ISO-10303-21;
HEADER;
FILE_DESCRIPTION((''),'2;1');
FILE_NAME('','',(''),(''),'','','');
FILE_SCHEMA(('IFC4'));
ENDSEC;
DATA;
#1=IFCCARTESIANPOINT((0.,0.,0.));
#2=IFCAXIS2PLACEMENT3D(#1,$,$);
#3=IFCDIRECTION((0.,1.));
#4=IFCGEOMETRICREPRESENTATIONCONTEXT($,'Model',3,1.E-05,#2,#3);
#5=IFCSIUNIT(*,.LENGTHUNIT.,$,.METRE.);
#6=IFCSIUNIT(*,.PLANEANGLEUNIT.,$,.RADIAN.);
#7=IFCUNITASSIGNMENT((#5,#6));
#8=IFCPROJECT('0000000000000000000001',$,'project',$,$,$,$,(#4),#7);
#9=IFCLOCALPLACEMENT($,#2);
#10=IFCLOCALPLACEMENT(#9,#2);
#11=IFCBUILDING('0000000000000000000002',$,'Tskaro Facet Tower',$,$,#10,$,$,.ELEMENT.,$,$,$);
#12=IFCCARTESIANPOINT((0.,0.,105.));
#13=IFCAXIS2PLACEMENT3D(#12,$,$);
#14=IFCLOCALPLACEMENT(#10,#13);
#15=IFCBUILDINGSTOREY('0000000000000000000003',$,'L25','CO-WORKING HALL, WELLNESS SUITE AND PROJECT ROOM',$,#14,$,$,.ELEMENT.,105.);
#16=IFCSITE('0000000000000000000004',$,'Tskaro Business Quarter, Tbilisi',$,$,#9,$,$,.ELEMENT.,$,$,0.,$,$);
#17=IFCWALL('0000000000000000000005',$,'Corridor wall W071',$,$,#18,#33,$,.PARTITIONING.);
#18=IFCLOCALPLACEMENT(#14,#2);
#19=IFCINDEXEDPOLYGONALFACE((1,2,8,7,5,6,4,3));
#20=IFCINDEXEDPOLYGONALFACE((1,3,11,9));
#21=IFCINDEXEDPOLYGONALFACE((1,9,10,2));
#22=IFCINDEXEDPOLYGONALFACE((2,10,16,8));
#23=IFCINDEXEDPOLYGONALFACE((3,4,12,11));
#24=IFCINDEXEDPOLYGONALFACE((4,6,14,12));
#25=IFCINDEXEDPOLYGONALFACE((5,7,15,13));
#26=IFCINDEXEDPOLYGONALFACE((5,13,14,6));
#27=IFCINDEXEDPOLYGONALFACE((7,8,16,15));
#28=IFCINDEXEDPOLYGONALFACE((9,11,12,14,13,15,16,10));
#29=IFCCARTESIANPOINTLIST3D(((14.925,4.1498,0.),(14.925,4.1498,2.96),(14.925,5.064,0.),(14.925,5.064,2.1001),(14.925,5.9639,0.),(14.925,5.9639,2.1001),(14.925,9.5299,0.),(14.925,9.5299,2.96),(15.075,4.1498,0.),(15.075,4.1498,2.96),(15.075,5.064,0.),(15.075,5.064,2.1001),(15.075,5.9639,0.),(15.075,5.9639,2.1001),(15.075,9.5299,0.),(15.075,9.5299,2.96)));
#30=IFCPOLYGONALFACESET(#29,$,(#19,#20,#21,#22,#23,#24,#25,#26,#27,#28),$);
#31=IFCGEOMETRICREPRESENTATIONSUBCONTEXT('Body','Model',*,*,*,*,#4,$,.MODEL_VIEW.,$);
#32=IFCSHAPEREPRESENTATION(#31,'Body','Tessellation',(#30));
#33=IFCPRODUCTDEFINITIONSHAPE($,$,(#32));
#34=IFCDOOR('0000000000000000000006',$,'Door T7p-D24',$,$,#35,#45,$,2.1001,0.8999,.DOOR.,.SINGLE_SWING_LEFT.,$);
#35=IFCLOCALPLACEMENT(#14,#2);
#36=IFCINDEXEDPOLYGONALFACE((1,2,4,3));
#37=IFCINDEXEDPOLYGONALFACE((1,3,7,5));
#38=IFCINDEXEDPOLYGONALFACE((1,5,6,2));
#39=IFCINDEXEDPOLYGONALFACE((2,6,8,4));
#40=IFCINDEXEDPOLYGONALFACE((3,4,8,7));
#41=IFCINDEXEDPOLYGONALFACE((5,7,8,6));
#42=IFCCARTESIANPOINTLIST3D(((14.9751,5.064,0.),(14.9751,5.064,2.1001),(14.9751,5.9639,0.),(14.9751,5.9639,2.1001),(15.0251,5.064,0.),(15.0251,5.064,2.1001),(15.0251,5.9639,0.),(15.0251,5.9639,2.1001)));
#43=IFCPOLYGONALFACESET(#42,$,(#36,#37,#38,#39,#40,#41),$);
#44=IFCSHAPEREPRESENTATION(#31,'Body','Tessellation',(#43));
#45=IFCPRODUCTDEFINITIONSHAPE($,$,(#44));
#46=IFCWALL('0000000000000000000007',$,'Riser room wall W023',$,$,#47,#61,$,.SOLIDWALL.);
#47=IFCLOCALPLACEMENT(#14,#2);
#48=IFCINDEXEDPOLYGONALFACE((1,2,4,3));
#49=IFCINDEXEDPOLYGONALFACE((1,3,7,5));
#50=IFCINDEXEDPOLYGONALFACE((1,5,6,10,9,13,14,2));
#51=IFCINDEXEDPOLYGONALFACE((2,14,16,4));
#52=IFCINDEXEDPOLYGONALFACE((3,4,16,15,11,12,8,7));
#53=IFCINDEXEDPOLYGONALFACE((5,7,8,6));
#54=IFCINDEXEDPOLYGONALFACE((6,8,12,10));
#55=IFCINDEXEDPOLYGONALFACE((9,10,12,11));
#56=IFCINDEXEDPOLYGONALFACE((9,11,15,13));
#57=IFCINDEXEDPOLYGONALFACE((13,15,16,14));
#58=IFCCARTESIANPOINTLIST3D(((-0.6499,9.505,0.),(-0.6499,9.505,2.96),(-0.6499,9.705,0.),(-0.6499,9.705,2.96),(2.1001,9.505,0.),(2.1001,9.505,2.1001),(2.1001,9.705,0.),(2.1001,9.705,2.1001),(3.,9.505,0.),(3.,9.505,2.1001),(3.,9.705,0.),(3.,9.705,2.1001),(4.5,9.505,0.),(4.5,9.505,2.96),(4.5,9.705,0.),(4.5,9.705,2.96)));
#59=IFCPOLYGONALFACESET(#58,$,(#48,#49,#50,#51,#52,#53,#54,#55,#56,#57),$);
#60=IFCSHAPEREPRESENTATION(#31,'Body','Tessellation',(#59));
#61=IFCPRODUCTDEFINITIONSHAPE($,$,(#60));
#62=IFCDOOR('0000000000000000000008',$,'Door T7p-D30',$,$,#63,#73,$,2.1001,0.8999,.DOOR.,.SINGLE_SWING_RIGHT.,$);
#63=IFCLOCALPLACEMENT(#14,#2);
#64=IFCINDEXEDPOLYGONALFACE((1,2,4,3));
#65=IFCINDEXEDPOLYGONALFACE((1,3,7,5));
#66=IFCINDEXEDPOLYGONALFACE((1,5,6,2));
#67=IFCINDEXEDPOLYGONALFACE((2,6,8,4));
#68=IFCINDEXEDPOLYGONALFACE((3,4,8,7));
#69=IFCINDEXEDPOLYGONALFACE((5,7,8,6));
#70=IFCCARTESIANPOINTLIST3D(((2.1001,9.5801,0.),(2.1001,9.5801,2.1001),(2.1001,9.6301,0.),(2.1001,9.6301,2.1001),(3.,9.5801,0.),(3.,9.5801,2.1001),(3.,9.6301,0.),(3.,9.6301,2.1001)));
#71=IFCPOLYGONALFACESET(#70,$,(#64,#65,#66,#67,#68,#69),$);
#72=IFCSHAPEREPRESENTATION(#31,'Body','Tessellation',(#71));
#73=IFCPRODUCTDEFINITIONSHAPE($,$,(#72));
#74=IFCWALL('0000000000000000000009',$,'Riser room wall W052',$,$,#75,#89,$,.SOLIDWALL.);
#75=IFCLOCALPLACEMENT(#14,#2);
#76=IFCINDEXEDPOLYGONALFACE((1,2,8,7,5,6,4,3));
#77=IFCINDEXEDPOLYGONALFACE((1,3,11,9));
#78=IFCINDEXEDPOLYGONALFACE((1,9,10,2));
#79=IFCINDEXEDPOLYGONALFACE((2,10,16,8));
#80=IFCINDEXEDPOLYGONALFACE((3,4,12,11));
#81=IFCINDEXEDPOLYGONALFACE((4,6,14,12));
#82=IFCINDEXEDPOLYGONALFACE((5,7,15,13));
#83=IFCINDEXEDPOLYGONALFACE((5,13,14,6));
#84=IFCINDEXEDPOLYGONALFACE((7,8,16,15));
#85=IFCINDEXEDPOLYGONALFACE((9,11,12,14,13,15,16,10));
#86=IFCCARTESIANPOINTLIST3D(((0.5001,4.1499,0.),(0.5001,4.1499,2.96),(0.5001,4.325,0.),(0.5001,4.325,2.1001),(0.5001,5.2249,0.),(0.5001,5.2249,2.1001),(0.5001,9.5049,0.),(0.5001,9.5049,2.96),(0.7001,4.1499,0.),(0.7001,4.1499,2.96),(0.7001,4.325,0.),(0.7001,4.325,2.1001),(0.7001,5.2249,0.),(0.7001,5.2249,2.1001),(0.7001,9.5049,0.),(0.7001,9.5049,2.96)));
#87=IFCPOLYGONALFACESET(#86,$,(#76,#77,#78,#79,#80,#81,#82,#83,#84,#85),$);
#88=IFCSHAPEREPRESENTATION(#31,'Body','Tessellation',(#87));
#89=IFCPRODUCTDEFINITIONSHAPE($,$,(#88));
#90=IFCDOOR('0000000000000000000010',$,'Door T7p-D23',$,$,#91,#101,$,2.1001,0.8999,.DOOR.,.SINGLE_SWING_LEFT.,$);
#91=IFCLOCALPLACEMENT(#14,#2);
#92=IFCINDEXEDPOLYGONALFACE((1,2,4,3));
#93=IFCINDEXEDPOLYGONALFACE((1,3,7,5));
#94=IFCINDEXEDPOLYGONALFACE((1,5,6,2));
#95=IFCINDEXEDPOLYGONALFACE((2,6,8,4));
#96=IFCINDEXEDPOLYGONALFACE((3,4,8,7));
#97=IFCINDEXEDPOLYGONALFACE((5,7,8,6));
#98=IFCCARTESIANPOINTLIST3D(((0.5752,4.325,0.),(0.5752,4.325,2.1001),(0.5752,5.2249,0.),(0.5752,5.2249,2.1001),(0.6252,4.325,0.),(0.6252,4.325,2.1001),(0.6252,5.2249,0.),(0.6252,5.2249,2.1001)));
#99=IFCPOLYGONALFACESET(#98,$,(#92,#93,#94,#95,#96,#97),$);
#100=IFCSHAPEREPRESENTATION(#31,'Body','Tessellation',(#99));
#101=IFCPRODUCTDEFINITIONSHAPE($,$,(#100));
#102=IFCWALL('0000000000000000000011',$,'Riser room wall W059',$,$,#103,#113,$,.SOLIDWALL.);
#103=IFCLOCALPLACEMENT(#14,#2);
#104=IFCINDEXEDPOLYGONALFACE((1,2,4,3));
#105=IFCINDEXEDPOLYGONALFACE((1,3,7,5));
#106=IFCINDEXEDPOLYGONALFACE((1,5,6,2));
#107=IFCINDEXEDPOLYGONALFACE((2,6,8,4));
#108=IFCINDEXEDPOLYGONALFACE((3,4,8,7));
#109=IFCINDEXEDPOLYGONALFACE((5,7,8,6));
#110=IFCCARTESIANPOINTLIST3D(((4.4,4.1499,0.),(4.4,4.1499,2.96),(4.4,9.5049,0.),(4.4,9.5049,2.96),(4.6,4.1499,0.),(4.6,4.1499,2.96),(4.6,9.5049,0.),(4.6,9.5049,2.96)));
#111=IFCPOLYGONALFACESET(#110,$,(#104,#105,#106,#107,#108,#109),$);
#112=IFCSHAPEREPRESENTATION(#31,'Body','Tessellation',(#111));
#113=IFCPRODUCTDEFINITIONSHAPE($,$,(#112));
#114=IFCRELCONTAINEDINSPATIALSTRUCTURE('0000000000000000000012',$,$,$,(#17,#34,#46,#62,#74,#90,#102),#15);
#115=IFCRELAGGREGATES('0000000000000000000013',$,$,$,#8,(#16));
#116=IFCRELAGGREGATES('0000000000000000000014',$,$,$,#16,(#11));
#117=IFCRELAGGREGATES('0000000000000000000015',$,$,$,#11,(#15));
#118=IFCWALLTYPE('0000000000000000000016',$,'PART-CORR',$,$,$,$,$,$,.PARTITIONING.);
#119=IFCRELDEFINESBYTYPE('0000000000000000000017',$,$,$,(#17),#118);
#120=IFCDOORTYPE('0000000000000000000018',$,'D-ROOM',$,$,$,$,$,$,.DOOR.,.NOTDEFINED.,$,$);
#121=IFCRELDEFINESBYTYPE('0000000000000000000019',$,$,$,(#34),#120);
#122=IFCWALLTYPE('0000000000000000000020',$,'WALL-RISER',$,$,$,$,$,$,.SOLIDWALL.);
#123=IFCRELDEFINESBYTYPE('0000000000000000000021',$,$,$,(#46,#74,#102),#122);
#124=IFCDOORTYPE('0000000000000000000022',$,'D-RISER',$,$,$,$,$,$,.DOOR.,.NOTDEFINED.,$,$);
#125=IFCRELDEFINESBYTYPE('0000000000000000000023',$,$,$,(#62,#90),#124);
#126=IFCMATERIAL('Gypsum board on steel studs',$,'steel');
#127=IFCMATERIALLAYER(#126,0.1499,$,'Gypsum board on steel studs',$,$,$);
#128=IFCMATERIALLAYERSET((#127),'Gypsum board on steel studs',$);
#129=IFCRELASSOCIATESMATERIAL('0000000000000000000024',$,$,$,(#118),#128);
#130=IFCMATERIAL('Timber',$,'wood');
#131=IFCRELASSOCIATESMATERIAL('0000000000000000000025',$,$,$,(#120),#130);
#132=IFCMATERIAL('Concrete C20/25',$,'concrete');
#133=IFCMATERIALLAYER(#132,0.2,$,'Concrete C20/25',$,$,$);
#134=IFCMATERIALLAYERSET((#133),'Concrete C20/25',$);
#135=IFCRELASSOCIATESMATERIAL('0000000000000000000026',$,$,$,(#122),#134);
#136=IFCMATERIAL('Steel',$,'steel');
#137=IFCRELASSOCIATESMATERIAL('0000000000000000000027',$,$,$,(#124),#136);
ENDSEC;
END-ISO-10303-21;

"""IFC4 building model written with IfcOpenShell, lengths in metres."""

from ifc_helpers import new_model, si_unit, direction, frame, frame_2d, origin, place, context, subcontext, project, spatial, rectangle, extrude, material, layer, layer_set, type_object, element, fill, save


model = new_model("IFC4")

# Units and contexts
model_context = context("Model", 3, precision=1e-05, world=origin(), true_north=direction((0.0, 1.0)))
body_context = subcontext(model_context, "Body", "Model", "MODEL_VIEW")
ifc_project = project(units=[si_unit("LENGTHUNIT", "METRE"), si_unit("PLANEANGLEUNIT", "RADIAN")], contexts=[model_context])

# Site, building, storey
site_placement = place(None, origin())
site = spatial("IfcSite", under=ifc_project, at=site_placement, Name="Tskaro Business Quarter, Tbilisi", CompositionType="ELEMENT", RefElevation=0.0)
building_placement = place(site_placement, origin())
building = spatial("IfcBuilding", under=site, at=building_placement, Name="Tskaro Facet Tower", CompositionType="ELEMENT")
storey_placement = place(building_placement, frame((0.0, 0.0, 105.0)))
storey = spatial("IfcBuildingStorey", under=building, at=storey_placement, Name="L25", Description="CO-WORKING HALL, WELLNESS SUITE AND PROJECT ROOM", CompositionType="ELEMENT", Elevation=105.0)

# Shared definitions
ifc_material_1 = material(Name="Gypsum board on steel studs", Category="steel")

# Shared definitions
ifc_layer_1 = layer(ifc_material_1, 0.1499, Name="Gypsum board on steel studs")
ifc_layer_set_1 = layer_set([ifc_layer_1], Name="Gypsum board on steel studs")
wall_type_1 = type_object("IfcWallType", Name="PART-CORR", PredefinedType="PARTITIONING", material=ifc_layer_set_1)
ifc_material_2 = material(Name="Timber", Category="wood")
door_type_1 = type_object("IfcDoorType", Name="D-ROOM", OperationType="NOTDEFINED", PredefinedType="DOOR", material=ifc_material_2)

# Walls, openings, doors
wall_1_placement = place(storey_placement, frame((15.0, 4.1499, 0.0), z_axis=(0.0, 0.0, 1.0), x_axis=(0.0, 1.0, 0.0)))
wall_1 = element("IfcWall", 1, at=wall_1_placement, inside=storey, type_object=wall_type_1, Name="Corridor wall W071", PredefinedType="PARTITIONING", context=body_context, shape_type="SweptSolid", body=[
    extrude(rectangle(XDim=5.3801, YDim=0.1499, at=frame_2d((2.6899, 0.0))), origin(), (0.0, 0.0, 1.0), 2.96),
])
opening_1_placement = place(wall_1_placement, frame((0.9141, 0.0, 0.0)))
opening_1 = element("IfcOpeningElement", 2, at=opening_1_placement, cuts=wall_1, PredefinedType="OPENING", context=body_context, shape_type="SweptSolid", body=[
    extrude(rectangle(XDim=0.8999, YDim=2.1001, at=frame_2d((0.45, 1.05))), frame((0.0, 0.085, 0.0), z_axis=(0.0, -1.0, 0.0), x_axis=(1.0, 0.0, 0.0)), (0.0, 0.0, 1.0), 0.1699),
])
door_1_placement = place(opening_1_placement, origin())
door_1 = element("IfcDoor", 3, at=door_1_placement, inside=storey, type_object=door_type_1, Name="Door T7p-D24", OperationType="SINGLE_SWING_LEFT", OverallHeight=2.1001, OverallWidth=0.8999, PredefinedType="DOOR", context=body_context, shape_type="SweptSolid", body=[
    extrude(rectangle(XDim=0.8999, YDim=2.1001, at=frame_2d((0.45, 1.05))), frame((0.0, 0.0249, 0.0), z_axis=(0.0, -1.0, 0.0), x_axis=(1.0, 0.0, 0.0)), (0.0, 0.0, 1.0), 0.05),
])
fill(opening_1, door_1)
ifc_material_3 = material(Name="Concrete C20/25", Category="concrete")
ifc_layer_2 = layer(ifc_material_3, 0.2, Name="Concrete C20/25")
ifc_layer_set_2 = layer_set([ifc_layer_2], Name="Concrete C20/25")
wall_type_2 = type_object("IfcWallType", Name="WALL-RISER", PredefinedType="SOLIDWALL", material=ifc_layer_set_2)
wall_2_placement = place(storey_placement, frame((4.5, 9.605, 0.0), z_axis=(0.0, 0.0, 1.0), x_axis=(-1.0, 0.0, 0.0)))
wall_2 = element("IfcWall", 4, at=wall_2_placement, inside=storey, type_object=wall_type_2, Name="Riser room wall W023", PredefinedType="SOLIDWALL", context=body_context, shape_type="SweptSolid", body=[
    extrude(rectangle(XDim=5.1499, YDim=0.2, at=frame_2d((2.575, 0.0))), origin(), (0.0, 0.0, 1.0), 2.96),
])
opening_2_placement = place(wall_2_placement, frame((1.5, 0.0, 0.0)))
opening_2 = element("IfcOpeningElement", 5, at=opening_2_placement, cuts=wall_2, PredefinedType="OPENING", context=body_context, shape_type="SweptSolid", body=[
    extrude(rectangle(XDim=0.8999, YDim=2.1001, at=frame_2d((0.45, 1.05))), frame((0.0, 0.1099, 0.0), z_axis=(0.0, -1.0, 0.0), x_axis=(1.0, 0.0, 0.0)), (0.0, 0.0, 1.0), 0.22),
])
ifc_material_4 = material(Name="Steel", Category="steel")
door_type_2 = type_object("IfcDoorType", Name="D-RISER", OperationType="NOTDEFINED", PredefinedType="DOOR", material=ifc_material_4)
door_2_placement = place(opening_2_placement, origin())
door_2 = element("IfcDoor", 6, at=door_2_placement, inside=storey, type_object=door_type_2, Name="Door T7p-D30", OperationType="SINGLE_SWING_RIGHT", OverallHeight=2.1001, OverallWidth=0.8999, PredefinedType="DOOR", context=body_context, shape_type="SweptSolid", body=[
    extrude(rectangle(XDim=0.8999, YDim=2.1001, at=frame_2d((0.45, 1.05))), frame((0.0, 0.0249, 0.0), z_axis=(0.0, -1.0, 0.0), x_axis=(1.0, 0.0, 0.0)), (0.0, 0.0, 1.0), 0.05),
])
fill(opening_2, door_2)
wall_3_placement = place(storey_placement, frame((0.6001, 4.1499, 0.0), z_axis=(0.0, 0.0, 1.0), x_axis=(0.0, 1.0, 0.0)))
wall_3 = element("IfcWall", 7, at=wall_3_placement, inside=storey, type_object=wall_type_2, Name="Riser room wall W052", PredefinedType="SOLIDWALL", context=body_context, shape_type="SweptSolid", body=[
    extrude(rectangle(XDim=5.355, YDim=0.2, at=frame_2d((2.6775, 0.0))), origin(), (0.0, 0.0, 1.0), 2.96),
])
opening_3_placement = place(wall_3_placement, frame((0.175, 0.0, 0.0)))
opening_3 = element("IfcOpeningElement", 8, at=opening_3_placement, cuts=wall_3, PredefinedType="OPENING", context=body_context, shape_type="SweptSolid", body=[
    extrude(rectangle(XDim=0.8999, YDim=2.1001, at=frame_2d((0.45, 1.05))), frame((0.0, 0.1099, 0.0), z_axis=(0.0, -1.0, 0.0), x_axis=(1.0, 0.0, 0.0)), (0.0, 0.0, 1.0), 0.22),
])
door_3_placement = place(opening_3_placement, origin())
door_3 = element("IfcDoor", 9, at=door_3_placement, inside=storey, type_object=door_type_2, Name="Door T7p-D23", OperationType="SINGLE_SWING_LEFT", OverallHeight=2.1001, OverallWidth=0.8999, PredefinedType="DOOR", context=body_context, shape_type="SweptSolid", body=[
    extrude(rectangle(XDim=0.8999, YDim=2.1001, at=frame_2d((0.45, 1.05))), frame((0.0, 0.0249, 0.0), z_axis=(0.0, -1.0, 0.0), x_axis=(1.0, 0.0, 0.0)), (0.0, 0.0, 1.0), 0.05),
])
fill(opening_3, door_3)

# Wall
wall_4_placement = place(storey_placement, frame((4.5, 4.1499, 0.0), z_axis=(0.0, 0.0, 1.0), x_axis=(0.0, 1.0, 0.0)))
element("IfcWall", 10, at=wall_4_placement, inside=storey, type_object=wall_type_2, Name="Riser room wall W059", PredefinedType="SOLIDWALL", context=body_context, shape_type="SweptSolid", body=[
    extrude(rectangle(XDim=5.355, YDim=0.2, at=frame_2d((2.6775, 0.0))), origin(), (0.0, 0.0, 1.0), 2.96),
])

save(model, "model.ifc")
